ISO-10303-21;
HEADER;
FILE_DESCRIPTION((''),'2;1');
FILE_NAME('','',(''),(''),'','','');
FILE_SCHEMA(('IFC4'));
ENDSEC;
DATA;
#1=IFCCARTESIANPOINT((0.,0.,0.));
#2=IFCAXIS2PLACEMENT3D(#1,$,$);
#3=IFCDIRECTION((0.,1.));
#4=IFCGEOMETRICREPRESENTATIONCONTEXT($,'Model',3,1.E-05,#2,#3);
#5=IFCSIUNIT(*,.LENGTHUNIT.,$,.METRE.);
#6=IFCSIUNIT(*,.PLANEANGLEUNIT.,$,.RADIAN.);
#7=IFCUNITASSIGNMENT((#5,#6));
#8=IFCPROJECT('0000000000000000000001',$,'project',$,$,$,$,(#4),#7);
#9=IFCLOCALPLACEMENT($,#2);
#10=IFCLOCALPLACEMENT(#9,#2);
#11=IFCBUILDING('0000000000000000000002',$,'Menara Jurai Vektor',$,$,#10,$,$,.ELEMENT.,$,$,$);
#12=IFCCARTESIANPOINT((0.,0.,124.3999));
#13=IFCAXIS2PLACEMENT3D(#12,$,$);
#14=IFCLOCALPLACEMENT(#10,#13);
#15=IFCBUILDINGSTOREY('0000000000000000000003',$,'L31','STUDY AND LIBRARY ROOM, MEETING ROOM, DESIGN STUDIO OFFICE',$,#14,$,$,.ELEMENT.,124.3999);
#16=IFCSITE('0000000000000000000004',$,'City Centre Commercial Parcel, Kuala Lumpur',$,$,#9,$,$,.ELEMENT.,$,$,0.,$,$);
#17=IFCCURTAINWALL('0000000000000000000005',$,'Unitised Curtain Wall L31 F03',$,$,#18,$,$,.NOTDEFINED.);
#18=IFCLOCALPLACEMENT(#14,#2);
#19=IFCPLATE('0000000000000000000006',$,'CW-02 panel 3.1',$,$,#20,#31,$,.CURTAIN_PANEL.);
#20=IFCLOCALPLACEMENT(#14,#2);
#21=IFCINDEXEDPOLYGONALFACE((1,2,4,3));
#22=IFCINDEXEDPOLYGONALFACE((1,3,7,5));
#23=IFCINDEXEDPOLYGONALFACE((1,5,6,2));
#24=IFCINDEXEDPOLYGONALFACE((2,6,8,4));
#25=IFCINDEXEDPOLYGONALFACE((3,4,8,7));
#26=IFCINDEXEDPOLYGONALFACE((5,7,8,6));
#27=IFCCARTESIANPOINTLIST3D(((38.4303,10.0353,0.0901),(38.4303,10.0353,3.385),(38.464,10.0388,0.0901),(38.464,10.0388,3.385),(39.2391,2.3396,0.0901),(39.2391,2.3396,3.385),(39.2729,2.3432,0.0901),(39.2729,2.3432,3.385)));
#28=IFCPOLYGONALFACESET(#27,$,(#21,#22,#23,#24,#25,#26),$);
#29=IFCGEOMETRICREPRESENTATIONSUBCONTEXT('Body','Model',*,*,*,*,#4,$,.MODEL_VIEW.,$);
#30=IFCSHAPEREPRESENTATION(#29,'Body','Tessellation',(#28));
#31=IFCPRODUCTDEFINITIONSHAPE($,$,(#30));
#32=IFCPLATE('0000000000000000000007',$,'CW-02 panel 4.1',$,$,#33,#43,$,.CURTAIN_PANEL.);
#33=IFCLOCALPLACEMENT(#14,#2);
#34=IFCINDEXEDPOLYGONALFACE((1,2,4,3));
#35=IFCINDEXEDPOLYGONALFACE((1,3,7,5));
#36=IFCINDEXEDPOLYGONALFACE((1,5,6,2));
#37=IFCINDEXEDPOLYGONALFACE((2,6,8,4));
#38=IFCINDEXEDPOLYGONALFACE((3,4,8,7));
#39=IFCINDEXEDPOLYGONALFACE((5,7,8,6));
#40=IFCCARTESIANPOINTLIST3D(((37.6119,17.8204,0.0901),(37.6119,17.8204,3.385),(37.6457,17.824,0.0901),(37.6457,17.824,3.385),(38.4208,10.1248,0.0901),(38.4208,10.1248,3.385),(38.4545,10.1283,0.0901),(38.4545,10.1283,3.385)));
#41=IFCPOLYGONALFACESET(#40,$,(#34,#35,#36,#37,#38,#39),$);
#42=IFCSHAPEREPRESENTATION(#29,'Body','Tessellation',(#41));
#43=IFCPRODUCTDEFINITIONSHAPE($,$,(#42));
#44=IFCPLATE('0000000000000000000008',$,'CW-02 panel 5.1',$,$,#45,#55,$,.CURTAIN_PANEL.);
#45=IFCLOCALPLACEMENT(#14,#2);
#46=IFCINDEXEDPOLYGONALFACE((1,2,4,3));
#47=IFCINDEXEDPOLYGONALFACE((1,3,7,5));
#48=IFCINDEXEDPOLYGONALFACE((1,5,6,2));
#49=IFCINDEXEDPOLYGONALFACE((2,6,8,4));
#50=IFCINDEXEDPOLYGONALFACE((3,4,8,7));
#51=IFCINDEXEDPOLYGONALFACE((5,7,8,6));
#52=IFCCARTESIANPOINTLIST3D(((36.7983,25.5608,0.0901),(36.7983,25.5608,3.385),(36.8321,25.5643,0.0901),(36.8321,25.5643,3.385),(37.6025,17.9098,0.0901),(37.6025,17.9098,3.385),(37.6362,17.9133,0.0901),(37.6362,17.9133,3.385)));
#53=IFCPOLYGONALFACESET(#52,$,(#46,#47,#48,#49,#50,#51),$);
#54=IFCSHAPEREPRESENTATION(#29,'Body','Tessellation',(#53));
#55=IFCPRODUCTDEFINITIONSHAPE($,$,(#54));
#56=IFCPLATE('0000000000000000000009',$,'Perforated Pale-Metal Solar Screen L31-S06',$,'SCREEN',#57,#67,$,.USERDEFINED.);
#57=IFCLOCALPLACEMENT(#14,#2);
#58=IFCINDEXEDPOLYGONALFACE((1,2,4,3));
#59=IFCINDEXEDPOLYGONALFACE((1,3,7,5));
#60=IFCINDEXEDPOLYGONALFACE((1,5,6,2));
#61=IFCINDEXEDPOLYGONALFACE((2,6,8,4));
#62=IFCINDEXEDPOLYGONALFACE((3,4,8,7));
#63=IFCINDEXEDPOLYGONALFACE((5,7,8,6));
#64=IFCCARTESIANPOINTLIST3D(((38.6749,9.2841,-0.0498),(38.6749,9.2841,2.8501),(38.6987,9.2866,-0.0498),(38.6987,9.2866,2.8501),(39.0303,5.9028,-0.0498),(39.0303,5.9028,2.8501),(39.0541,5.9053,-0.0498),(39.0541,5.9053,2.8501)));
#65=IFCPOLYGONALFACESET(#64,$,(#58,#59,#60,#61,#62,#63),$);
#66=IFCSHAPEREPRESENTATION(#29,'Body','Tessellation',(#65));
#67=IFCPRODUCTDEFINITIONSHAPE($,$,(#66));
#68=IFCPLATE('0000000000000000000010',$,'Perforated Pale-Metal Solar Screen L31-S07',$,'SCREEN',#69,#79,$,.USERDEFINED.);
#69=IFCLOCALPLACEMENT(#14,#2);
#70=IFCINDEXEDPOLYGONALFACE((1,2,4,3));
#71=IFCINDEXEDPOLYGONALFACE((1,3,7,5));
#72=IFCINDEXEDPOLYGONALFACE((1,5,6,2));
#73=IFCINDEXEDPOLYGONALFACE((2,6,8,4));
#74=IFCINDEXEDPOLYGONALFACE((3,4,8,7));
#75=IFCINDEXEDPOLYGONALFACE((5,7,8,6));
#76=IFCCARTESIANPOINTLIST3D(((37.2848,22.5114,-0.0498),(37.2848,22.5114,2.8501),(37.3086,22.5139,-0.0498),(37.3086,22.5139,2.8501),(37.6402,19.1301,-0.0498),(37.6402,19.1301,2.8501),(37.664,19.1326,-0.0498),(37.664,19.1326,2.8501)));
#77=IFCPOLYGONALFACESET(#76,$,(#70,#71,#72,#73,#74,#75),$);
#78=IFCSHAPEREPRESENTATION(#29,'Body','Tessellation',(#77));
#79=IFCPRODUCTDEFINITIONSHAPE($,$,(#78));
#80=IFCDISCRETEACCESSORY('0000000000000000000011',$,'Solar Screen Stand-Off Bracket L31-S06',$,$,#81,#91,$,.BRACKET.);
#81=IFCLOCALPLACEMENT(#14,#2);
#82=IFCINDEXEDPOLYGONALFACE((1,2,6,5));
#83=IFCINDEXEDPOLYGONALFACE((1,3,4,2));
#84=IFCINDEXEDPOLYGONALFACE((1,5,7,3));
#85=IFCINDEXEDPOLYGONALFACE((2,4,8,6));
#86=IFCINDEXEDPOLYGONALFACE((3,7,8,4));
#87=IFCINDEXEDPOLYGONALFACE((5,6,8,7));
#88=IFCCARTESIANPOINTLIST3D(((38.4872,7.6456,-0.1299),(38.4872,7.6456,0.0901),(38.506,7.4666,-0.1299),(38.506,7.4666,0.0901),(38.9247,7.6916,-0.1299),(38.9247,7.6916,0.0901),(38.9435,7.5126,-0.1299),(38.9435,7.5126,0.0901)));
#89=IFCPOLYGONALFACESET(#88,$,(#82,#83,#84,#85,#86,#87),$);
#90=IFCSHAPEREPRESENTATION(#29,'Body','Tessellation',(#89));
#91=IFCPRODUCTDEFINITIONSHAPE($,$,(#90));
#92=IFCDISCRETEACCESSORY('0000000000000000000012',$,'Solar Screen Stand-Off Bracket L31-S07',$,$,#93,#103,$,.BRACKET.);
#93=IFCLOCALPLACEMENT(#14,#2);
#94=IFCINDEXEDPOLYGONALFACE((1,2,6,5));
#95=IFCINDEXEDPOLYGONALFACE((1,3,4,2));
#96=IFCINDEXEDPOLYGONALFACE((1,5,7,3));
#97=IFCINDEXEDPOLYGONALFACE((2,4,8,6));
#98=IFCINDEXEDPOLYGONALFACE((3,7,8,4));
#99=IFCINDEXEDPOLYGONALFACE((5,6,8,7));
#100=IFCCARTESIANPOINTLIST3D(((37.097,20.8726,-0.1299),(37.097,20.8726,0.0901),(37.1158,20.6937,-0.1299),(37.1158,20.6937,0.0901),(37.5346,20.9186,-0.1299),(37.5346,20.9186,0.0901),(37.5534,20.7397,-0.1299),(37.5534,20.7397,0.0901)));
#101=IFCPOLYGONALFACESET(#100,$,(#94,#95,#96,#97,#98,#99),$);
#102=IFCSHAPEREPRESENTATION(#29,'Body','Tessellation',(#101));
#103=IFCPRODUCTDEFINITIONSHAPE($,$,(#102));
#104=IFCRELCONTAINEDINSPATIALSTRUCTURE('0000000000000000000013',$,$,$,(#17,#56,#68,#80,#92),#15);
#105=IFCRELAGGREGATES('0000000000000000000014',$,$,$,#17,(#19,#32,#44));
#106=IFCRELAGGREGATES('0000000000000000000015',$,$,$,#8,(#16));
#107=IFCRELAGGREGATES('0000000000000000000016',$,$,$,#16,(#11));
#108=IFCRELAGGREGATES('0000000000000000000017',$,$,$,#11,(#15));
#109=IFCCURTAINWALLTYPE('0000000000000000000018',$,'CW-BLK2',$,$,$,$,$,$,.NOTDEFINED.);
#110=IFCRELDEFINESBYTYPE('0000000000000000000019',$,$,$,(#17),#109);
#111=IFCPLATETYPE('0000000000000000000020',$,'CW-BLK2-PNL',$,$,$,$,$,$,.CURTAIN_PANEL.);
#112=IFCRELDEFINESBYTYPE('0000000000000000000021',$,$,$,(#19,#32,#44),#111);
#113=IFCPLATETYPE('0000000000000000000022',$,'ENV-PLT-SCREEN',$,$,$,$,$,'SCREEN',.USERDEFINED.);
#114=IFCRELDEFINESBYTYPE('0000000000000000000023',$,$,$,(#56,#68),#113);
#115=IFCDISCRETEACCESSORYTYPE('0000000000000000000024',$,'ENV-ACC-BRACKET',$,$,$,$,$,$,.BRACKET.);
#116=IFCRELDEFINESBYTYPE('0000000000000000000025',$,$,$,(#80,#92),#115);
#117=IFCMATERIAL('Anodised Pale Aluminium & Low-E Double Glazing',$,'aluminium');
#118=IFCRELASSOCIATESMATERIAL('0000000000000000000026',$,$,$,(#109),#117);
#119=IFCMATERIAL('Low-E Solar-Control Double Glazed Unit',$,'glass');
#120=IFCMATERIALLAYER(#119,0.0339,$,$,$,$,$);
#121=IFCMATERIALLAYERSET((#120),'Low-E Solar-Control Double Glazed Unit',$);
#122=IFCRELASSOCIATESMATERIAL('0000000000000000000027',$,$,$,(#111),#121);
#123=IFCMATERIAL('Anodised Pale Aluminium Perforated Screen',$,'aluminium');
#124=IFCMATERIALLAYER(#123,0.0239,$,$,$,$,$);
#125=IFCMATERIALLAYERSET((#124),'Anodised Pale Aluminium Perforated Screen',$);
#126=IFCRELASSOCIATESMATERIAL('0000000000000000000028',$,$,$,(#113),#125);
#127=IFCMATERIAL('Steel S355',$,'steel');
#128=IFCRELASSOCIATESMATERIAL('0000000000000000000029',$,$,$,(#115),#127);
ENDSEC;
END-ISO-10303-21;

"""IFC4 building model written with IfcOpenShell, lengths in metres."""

from ifc_helpers import new_model, si_unit, direction, frame, origin, origin_2d, place, context, subcontext, project, spatial, rectangle, extrude, material, layer, layer_set, type_object, element, aggregate, save


model = new_model("IFC4")

# Units and contexts
model_context = context("Model", 3, precision=1e-05, world=origin(), true_north=direction((0.0, 1.0)))
body_context = subcontext(model_context, "Body", "Model", "MODEL_VIEW")
ifc_project = project(units=[si_unit("LENGTHUNIT", "METRE"), si_unit("PLANEANGLEUNIT", "RADIAN")], contexts=[model_context])

# Site, building, storey
site_placement = place(None, origin())
site = spatial("IfcSite", under=ifc_project, at=site_placement, Name="City Centre Commercial Parcel, Kuala Lumpur", CompositionType="ELEMENT", RefElevation=0.0)
building_placement = place(site_placement, origin())
building = spatial("IfcBuilding", under=site, at=building_placement, Name="Menara Jurai Vektor", CompositionType="ELEMENT")
storey_placement = place(building_placement, frame((0.0, 0.0, 124.3999)))
storey = spatial("IfcBuildingStorey", under=building, at=storey_placement, Name="L31", Description="STUDY AND LIBRARY ROOM, MEETING ROOM, DESIGN STUDIO OFFICE", CompositionType="ELEMENT", Elevation=124.3999)

# Curtain wall
ifc_material_1 = material(Name="Anodised Pale Aluminium & Low-E Double Glazing", Category="aluminium")
curtain_wall_type = type_object("IfcCurtainWallType", Name="CW-BLK2", PredefinedType="NOTDEFINED", material=ifc_material_1)
curtain_wall_placement = place(storey_placement, origin())
curtain_wall = element("IfcCurtainWall", 1, at=curtain_wall_placement, inside=storey, type_object=curtain_wall_type, Name="Unitised Curtain Wall L31 F03", PredefinedType="NOTDEFINED")

# Shared definitions
ifc_material_2 = material(Name="Steel S355", Category="steel")

# Plates
ifc_material_3 = material(Name="Low-E Solar-Control Double Glazed Unit", Category="glass")
ifc_layer_1 = layer(ifc_material_3, 0.0339)
ifc_layer_set_1 = layer_set([ifc_layer_1], Name="Low-E Solar-Control Double Glazed Unit")
plate_type_1 = type_object("IfcPlateType", Name="CW-BLK2-PNL", PredefinedType="CURTAIN_PANEL", material=ifc_layer_set_1)
plate_1_placement = place(storey_placement, frame((38.8516, 6.1892, 0.0901), z_axis=(0.0, 0.0, 1.0), x_axis=(-0.10453, 0.994522, 0.0)))
plate_1 = element("IfcPlate", 2, at=plate_1_placement, type_object=plate_type_1, Name="CW-02 panel 3.1", PredefinedType="CURTAIN_PANEL", context=body_context, shape_type="SweptSolid", body=[
    extrude(rectangle(XDim=7.738, YDim=0.0339, at=origin_2d()), origin(), (0.0, 0.0, 1.0), 3.2949),
])
plate_2_placement = place(storey_placement, frame((38.0332, 13.9744, 0.0901), z_axis=(0.0, 0.0, 1.0), x_axis=(-0.10453, 0.994522, 0.0)))
plate_2 = element("IfcPlate", 3, at=plate_2_placement, type_object=plate_type_1, Name="CW-02 panel 4.1", PredefinedType="CURTAIN_PANEL", context=body_context, shape_type="SweptSolid", body=[
    extrude(rectangle(XDim=7.738, YDim=0.0339, at=origin_2d()), origin(), (0.0, 0.0, 1.0), 3.2949),
])
plate_3_placement = place(storey_placement, frame((37.2173, 21.7371, 0.0901), z_axis=(0.0, 0.0, 1.0), x_axis=(-0.10453, 0.994522, 0.0)))
plate_3 = element("IfcPlate", 4, at=plate_3_placement, type_object=plate_type_1, Name="CW-02 panel 5.1", PredefinedType="CURTAIN_PANEL", context=body_context, shape_type="SweptSolid", body=[
    extrude(rectangle(XDim=7.6931, YDim=0.0339, at=origin_2d()), origin(), (0.0, 0.0, 1.0), 3.2949),
])
aggregate(curtain_wall, [plate_1, plate_2, plate_3])

# Plates
ifc_material_4 = material(Name="Anodised Pale Aluminium Perforated Screen", Category="aluminium")
ifc_layer_2 = layer(ifc_material_4, 0.0239)
ifc_layer_set_2 = layer_set([ifc_layer_2], Name="Anodised Pale Aluminium Perforated Screen")
plate_type_2 = type_object("IfcPlateType", Name="ENV-PLT-SCREEN", ElementType="SCREEN", PredefinedType="USERDEFINED", material=ifc_layer_set_2)
for number, where, z_axis, x_axis, name in (
    (5, (38.8645, 7.5947, -0.0498), (0.0, 0.0, 1.0), (-0.104528, 0.994522, 0.0), "Perforated Pale-Metal Solar Screen L31-S06"),
    (6, (37.4744, 20.822, -0.0498), (0.0, 0.0, 1.0), (-0.104528, 0.994522, 0.0), "Perforated Pale-Metal Solar Screen L31-S07"),
):
    element("IfcPlate", number, at=place(storey_placement, frame(where, z_axis=z_axis, x_axis=x_axis)), inside=storey, type_object=plate_type_2, Name=name, ObjectType="SCREEN", PredefinedType="USERDEFINED", context=body_context, shape_type="SweptSolid", body=[
        extrude(rectangle(XDim=3.3999, YDim=0.0239, at=origin_2d()), origin(), (0.0, 0.0, 1.0), 2.8999),
    ])

# Discrete accessories
discrete_accessory_type = type_object("IfcDiscreteAccessoryType", Name="ENV-ACC-BRACKET", PredefinedType="BRACKET", material=ifc_material_2)
for number, where, z_axis, x_axis, name in (
    (7, (38.7153, 7.5791, -0.1299), (0.0, 0.0, 1.0), (-0.104528, 0.994522, 0.0), "Solar Screen Stand-Off Bracket L31-S06"),
    (8, (37.3252, 20.8062, -0.1299), (0.0, 0.0, 1.0), (-0.104528, 0.994522, 0.0), "Solar Screen Stand-Off Bracket L31-S07"),
):
    element("IfcDiscreteAccessory", number, at=place(storey_placement, frame(where, z_axis=z_axis, x_axis=x_axis)), inside=storey, type_object=discrete_accessory_type, Name=name, PredefinedType="BRACKET", context=body_context, shape_type="SweptSolid", body=[
        extrude(rectangle(XDim=0.1799, YDim=0.4399, at=origin_2d()), origin(), (0.0, 0.0, 1.0), 0.22),
    ])

save(model, "model.ifc")
